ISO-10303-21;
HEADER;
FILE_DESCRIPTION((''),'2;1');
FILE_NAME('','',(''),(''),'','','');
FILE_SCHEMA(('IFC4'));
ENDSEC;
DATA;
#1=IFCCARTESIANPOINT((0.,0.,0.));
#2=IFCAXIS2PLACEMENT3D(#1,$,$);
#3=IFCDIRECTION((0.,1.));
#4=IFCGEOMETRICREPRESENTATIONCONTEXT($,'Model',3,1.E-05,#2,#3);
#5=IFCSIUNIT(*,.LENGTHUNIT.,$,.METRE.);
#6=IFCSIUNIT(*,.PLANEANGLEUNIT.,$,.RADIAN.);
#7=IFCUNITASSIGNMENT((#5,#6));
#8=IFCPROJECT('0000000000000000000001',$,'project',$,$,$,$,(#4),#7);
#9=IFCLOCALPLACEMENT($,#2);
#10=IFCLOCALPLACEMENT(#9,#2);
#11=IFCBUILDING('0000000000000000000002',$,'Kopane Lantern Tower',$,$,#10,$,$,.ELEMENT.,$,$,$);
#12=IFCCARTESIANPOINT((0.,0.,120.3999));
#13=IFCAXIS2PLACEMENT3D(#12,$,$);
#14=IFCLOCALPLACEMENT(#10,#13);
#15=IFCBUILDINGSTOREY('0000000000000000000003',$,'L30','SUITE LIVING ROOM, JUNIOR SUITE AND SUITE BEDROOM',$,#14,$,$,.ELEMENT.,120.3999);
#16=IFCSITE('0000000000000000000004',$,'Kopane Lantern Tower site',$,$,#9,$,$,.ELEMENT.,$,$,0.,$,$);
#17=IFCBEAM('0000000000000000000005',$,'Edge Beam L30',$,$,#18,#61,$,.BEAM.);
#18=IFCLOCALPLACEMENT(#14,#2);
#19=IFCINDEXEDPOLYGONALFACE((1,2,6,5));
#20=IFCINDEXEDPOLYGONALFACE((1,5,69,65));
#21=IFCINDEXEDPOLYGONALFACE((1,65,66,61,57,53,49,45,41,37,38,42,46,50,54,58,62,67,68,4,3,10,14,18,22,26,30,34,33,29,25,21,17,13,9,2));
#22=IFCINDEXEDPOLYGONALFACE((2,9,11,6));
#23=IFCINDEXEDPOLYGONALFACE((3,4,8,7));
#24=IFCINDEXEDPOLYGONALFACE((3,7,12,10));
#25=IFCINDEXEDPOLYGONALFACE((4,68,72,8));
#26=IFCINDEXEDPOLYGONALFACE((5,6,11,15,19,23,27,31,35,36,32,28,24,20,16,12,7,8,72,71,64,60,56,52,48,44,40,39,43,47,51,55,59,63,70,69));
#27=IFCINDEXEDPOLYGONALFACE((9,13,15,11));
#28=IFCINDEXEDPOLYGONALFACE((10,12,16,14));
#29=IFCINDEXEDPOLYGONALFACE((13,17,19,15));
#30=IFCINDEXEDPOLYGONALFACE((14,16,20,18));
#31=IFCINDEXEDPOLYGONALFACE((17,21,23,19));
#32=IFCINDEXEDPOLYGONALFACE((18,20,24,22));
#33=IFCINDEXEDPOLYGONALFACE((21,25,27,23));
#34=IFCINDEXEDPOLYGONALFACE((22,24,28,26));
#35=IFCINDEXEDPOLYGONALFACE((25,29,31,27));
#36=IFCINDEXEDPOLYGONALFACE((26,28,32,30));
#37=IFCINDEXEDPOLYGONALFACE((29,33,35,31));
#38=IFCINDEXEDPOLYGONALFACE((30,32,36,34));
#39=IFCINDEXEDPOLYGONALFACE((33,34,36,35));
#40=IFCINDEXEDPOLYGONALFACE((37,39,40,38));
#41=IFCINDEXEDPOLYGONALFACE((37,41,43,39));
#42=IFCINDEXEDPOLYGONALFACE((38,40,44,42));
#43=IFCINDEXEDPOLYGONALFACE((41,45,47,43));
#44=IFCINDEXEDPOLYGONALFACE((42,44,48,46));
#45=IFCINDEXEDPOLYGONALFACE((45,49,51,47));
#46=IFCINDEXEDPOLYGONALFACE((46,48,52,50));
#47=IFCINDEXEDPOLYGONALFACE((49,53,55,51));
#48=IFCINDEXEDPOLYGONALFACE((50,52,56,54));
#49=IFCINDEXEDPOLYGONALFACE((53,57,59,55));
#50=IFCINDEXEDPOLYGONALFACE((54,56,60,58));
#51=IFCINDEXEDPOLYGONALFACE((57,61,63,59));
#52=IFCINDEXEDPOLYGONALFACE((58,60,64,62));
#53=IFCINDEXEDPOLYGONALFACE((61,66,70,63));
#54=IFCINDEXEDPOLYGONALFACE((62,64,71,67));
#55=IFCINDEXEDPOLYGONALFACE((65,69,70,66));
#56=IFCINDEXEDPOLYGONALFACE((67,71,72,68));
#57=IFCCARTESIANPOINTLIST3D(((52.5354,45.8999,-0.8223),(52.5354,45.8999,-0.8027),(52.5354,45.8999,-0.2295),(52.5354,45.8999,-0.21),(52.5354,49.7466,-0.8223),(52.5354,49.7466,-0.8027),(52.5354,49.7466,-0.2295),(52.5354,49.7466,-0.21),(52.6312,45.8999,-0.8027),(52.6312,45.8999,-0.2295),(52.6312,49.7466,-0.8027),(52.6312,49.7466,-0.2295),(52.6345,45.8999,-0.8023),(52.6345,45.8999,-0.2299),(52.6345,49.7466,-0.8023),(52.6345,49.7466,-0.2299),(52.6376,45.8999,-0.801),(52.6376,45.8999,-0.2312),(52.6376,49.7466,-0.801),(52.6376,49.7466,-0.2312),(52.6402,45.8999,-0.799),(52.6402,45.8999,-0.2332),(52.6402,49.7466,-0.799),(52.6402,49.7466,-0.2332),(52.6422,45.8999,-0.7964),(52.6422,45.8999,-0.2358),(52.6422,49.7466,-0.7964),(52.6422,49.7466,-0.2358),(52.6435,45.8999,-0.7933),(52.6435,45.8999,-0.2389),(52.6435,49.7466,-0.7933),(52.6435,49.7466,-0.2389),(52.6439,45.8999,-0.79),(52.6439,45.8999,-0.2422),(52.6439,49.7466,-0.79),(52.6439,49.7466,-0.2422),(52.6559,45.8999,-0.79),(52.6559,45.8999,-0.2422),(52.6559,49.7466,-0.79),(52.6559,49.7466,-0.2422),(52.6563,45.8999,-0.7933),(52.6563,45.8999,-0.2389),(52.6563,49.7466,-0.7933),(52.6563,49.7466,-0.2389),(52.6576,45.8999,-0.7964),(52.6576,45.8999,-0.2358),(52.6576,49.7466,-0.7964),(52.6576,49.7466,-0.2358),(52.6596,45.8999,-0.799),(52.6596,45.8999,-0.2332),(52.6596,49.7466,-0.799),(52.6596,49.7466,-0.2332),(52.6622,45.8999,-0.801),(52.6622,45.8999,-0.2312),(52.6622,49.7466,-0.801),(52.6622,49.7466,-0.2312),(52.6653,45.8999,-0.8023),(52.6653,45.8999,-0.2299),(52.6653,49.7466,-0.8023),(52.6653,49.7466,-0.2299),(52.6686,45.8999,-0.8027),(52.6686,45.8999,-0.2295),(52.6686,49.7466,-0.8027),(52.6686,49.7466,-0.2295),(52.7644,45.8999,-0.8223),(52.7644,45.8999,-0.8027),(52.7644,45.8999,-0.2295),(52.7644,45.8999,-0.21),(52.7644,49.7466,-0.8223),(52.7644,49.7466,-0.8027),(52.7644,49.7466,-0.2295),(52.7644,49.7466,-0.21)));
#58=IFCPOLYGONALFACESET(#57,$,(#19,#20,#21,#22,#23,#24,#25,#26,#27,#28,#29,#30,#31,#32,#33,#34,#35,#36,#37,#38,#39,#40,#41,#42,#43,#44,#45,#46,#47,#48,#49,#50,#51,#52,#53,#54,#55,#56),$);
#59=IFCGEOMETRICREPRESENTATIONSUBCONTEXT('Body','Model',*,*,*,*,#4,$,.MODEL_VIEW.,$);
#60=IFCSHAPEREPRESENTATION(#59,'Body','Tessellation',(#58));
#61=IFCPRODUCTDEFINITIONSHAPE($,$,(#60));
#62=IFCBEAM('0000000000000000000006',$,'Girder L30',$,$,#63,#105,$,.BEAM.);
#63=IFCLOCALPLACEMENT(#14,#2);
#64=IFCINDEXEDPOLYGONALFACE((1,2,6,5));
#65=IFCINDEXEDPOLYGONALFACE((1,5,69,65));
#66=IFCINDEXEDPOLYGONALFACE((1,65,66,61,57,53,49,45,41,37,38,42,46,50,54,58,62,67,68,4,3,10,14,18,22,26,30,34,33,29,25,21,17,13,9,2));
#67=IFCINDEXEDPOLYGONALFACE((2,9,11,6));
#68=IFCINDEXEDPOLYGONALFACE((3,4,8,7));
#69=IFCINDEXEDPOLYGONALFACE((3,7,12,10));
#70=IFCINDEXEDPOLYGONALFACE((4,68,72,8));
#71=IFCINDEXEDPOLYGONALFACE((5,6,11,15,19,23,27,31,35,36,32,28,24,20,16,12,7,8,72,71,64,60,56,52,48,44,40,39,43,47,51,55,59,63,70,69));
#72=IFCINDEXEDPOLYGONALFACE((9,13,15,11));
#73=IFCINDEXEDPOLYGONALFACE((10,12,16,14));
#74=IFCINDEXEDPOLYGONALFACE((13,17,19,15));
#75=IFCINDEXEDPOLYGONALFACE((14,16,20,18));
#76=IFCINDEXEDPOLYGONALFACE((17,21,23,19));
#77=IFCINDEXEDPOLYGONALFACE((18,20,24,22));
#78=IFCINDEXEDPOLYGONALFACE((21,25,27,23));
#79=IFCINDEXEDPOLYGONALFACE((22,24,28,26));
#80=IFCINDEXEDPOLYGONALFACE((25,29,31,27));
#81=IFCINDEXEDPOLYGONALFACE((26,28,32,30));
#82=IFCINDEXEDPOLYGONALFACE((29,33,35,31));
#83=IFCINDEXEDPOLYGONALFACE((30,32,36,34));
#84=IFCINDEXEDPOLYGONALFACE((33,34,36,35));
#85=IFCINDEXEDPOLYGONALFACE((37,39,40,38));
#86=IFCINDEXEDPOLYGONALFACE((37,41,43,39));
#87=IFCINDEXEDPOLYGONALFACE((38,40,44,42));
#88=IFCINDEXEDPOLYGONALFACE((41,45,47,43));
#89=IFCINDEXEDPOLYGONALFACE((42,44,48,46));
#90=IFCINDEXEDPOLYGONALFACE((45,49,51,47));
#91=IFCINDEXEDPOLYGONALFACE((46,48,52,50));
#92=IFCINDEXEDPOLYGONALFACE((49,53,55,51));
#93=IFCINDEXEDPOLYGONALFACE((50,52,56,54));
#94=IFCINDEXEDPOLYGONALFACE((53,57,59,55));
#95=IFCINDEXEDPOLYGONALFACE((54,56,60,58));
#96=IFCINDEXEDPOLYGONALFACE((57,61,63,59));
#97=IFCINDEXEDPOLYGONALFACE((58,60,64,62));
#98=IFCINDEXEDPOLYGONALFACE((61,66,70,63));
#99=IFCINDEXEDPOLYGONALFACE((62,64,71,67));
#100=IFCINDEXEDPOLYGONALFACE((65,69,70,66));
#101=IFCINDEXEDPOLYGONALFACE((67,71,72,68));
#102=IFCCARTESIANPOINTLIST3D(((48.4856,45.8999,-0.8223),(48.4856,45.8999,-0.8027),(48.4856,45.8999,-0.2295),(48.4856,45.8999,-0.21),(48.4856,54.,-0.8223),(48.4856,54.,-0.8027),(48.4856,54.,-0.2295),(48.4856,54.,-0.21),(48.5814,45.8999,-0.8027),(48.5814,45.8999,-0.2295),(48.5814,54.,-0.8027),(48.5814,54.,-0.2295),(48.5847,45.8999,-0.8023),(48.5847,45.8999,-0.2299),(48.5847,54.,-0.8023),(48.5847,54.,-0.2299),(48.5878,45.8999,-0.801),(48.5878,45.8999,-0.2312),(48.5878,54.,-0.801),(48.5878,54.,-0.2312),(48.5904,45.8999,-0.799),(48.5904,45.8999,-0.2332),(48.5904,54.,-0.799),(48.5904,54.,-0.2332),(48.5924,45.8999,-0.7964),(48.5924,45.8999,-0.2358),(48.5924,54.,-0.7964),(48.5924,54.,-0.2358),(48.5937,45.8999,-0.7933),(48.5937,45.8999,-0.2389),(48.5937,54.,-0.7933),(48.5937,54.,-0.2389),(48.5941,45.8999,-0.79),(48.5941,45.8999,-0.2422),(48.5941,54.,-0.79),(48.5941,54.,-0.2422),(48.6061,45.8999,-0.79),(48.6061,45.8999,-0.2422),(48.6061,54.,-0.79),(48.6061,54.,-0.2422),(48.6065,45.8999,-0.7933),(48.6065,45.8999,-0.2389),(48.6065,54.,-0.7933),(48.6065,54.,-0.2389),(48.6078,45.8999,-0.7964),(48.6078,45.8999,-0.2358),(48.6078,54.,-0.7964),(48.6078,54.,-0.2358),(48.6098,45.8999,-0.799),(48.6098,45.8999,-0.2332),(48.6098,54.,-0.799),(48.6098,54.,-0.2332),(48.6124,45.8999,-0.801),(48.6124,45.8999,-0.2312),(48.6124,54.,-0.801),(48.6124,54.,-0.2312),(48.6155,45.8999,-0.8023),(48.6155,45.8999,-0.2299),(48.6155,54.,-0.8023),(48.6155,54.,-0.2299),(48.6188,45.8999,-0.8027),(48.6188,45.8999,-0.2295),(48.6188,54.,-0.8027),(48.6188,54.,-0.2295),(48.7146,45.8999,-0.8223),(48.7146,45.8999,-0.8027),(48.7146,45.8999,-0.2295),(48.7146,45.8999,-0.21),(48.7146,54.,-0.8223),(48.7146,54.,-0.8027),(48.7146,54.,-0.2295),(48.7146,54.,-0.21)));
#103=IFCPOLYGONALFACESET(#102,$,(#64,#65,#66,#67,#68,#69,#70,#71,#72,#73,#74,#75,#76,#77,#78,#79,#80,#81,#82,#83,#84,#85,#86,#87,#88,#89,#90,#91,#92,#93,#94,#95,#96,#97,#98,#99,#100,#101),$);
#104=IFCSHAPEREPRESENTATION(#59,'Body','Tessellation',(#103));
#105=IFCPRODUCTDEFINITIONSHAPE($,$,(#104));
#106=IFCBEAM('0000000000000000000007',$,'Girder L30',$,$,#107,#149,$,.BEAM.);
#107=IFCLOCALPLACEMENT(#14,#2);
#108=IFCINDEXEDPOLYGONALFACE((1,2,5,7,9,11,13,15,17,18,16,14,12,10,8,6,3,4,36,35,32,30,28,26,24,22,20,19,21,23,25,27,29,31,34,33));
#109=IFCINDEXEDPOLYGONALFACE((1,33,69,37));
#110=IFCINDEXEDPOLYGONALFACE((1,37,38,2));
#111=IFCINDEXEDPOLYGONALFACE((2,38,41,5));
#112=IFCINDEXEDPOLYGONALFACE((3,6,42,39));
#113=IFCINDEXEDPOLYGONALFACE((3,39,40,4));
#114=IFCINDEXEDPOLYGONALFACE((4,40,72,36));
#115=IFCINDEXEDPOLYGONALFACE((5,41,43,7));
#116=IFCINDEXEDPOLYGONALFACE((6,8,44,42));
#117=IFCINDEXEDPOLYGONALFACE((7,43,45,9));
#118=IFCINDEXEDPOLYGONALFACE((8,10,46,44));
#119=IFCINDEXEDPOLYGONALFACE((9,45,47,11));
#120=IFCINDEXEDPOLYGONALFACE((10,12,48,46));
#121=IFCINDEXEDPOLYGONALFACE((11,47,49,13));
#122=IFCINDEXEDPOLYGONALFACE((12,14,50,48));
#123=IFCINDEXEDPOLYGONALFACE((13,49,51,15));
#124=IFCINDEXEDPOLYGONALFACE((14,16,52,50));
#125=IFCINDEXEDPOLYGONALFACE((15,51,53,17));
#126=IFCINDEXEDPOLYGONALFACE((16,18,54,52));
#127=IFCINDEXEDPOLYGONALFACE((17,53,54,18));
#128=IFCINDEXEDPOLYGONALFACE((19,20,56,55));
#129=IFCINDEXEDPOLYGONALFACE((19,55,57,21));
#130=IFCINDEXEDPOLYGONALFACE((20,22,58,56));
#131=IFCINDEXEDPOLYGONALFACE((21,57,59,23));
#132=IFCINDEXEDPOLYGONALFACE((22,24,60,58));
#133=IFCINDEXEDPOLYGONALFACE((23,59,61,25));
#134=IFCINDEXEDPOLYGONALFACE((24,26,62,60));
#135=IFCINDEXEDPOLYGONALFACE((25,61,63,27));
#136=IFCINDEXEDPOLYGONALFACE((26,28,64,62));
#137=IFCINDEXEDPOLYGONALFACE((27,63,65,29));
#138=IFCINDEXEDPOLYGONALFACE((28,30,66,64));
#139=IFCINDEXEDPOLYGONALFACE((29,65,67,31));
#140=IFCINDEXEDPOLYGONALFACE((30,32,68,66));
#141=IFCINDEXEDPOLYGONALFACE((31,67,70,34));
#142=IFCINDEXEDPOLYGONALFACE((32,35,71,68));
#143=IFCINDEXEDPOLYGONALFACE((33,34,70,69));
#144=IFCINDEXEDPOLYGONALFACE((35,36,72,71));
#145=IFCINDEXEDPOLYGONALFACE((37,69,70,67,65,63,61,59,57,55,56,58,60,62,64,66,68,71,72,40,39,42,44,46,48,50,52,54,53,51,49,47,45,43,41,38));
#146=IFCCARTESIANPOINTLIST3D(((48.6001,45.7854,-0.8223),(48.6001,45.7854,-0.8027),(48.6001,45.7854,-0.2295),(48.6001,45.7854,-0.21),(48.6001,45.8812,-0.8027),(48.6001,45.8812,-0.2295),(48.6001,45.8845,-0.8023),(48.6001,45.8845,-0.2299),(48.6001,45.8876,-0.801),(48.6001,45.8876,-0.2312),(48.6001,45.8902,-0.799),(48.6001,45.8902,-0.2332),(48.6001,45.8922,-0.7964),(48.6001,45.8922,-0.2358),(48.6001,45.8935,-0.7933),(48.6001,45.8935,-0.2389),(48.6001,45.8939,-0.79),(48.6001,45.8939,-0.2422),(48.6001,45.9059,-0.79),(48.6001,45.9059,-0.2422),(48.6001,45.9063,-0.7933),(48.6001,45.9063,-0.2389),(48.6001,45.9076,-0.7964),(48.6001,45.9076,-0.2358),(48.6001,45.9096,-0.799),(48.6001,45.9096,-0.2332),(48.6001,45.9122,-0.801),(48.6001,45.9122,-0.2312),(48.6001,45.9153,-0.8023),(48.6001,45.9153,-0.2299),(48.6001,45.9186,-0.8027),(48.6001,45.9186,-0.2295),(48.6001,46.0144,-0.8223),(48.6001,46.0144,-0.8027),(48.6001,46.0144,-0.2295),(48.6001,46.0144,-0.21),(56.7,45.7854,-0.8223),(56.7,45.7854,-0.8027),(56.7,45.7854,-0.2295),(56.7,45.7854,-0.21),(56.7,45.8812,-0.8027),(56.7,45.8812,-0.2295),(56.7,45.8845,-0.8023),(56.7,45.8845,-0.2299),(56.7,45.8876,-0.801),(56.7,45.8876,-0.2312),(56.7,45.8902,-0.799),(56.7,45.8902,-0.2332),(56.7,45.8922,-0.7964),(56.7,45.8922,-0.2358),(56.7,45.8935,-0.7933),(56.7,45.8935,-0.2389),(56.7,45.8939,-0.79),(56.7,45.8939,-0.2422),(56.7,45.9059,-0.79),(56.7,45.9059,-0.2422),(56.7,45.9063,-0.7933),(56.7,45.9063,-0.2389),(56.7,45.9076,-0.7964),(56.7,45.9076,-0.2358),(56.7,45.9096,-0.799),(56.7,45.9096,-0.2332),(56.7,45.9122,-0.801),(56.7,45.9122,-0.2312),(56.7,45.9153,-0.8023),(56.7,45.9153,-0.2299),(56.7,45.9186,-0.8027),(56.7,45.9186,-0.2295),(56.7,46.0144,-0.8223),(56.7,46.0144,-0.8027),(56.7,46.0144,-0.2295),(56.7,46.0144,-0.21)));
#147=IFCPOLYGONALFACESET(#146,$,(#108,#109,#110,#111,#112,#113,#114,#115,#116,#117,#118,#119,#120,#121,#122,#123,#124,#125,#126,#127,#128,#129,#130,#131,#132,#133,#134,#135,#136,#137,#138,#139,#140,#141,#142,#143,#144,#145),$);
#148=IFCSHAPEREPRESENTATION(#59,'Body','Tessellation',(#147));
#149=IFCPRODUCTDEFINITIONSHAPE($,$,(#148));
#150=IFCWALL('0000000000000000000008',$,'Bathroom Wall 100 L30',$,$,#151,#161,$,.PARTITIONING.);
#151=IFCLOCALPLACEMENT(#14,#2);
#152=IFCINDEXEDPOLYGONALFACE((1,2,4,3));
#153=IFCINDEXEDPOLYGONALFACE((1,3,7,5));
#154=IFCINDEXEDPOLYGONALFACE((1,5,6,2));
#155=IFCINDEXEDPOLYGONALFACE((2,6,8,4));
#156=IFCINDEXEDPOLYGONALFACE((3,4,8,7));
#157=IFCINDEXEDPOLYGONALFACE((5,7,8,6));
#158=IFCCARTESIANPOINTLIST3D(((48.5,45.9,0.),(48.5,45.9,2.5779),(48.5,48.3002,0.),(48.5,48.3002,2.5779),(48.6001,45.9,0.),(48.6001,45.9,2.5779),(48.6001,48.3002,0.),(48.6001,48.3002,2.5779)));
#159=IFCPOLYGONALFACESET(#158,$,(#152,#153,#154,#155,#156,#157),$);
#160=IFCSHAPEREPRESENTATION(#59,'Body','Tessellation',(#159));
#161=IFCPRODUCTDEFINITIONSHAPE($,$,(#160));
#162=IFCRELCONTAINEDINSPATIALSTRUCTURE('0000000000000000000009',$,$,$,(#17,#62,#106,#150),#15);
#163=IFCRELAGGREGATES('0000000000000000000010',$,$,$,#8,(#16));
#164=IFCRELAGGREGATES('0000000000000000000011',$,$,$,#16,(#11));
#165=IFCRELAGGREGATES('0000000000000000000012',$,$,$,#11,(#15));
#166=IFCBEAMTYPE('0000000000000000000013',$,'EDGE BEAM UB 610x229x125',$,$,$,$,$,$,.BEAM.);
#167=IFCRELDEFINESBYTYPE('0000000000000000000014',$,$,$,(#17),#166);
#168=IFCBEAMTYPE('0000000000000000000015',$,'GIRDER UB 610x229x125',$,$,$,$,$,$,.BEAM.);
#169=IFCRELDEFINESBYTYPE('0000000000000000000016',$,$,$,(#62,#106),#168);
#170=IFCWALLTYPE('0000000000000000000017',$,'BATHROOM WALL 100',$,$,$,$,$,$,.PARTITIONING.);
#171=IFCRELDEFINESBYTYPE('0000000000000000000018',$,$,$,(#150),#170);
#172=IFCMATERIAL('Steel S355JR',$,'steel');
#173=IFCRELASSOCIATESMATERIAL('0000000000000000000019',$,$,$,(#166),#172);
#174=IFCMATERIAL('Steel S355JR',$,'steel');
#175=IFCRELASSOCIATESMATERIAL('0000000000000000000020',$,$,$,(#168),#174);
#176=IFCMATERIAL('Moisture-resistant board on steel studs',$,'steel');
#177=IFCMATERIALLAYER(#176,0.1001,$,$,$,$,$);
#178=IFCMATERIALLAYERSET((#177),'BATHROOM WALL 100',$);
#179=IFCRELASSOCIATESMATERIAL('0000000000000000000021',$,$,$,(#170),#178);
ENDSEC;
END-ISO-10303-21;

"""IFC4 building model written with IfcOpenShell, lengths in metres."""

from ifc_helpers import new_model, si_unit, direction, frame, frame_2d, origin, origin_2d, place, context, subcontext, project, spatial, rectangle, i_section, extrude, material, layer, layer_set, material_profile, profile_set, type_object, element, save


model = new_model("IFC4")

# Units and contexts
model_context = context("Model", 3, precision=1e-05, world=origin(), true_north=direction((0.0, 1.0)))
body_context = subcontext(model_context, "Body", "Model", "MODEL_VIEW")
ifc_project = project(units=[si_unit("LENGTHUNIT", "METRE"), si_unit("PLANEANGLEUNIT", "RADIAN")], contexts=[model_context])

# Site, building, storey
site_placement = place(None, origin())
site = spatial("IfcSite", under=ifc_project, at=site_placement, Name="Kopane Lantern Tower site", CompositionType="ELEMENT", RefElevation=0.0)
building_placement = place(site_placement, origin())
building = spatial("IfcBuilding", under=site, at=building_placement, Name="Kopane Lantern Tower", CompositionType="ELEMENT")
storey_placement = place(building_placement, frame((0.0, 0.0, 120.3999)))
storey = spatial("IfcBuildingStorey", under=building, at=storey_placement, Name="L30", Description="SUITE LIVING ROOM, JUNIOR SUITE AND SUITE BEDROOM", CompositionType="ELEMENT", Elevation=120.3999)

# Beams
ifc_material_1 = material(Name="Steel S355JR", Category="steel")
ifc_material_profile_1 = material_profile(ifc_material_1, i_section(OverallWidth=0.229, OverallDepth=0.6123, WebThickness=0.012, FlangeThickness=0.0195, FilletRadius=0.0127, at=origin_2d()), Name="UB 610x229x125")
ifc_profile_set_1 = profile_set([ifc_material_profile_1], Name="Steel S355JR")
beam_type_1 = type_object("IfcBeamType", Name="EDGE BEAM UB 610x229x125", PredefinedType="BEAM", material=ifc_profile_set_1)
beam_1_placement = place(storey_placement, frame((52.6499, 49.7466, -0.5161), z_axis=(0.0, -1.0, 0.0), x_axis=(1.0, 0.0, 0.0)))
element("IfcBeam", 1, at=beam_1_placement, inside=storey, type_object=beam_type_1, Name="Edge Beam L30", PredefinedType="BEAM", context=body_context, shape_type="SweptSolid", body=[
    extrude(i_section(OverallWidth=0.229, OverallDepth=0.6123, WebThickness=0.012, FlangeThickness=0.0195, FilletRadius=0.0127, at=origin_2d()), origin(), (0.0, 0.0, 1.0), 3.8467),
])
ifc_material_2 = material(Name="Steel S355JR", Category="steel")
ifc_material_profile_2 = material_profile(ifc_material_2, i_section(OverallWidth=0.229, OverallDepth=0.6123, WebThickness=0.012, FlangeThickness=0.0195, FilletRadius=0.0127, at=origin_2d()), Name="UB 610x229x125")
ifc_profile_set_2 = profile_set([ifc_material_profile_2], Name="Steel S355JR")
beam_type_2 = type_object("IfcBeamType", Name="GIRDER UB 610x229x125", PredefinedType="BEAM", material=ifc_profile_set_2)
beam_2_placement = place(storey_placement, frame((48.6001, 45.8999, -0.5161), z_axis=(0.0, 1.0, 0.0), x_axis=(-1.0, 0.0, 0.0)))
element("IfcBeam", 2, at=beam_2_placement, inside=storey, type_object=beam_type_2, Name="Girder L30", PredefinedType="BEAM", context=body_context, shape_type="SweptSolid", body=[
    extrude(i_section(OverallWidth=0.229, OverallDepth=0.6123, WebThickness=0.012, FlangeThickness=0.0195, FilletRadius=0.0127, at=origin_2d()), origin(), (0.0, 0.0, 1.0), 8.1001),
])
beam_3_placement = place(storey_placement, frame((48.6001, 45.8999, -0.5161), z_axis=(1.0, 0.0, 0.0), x_axis=(0.0, 1.0, 0.0)))
element("IfcBeam", 3, at=beam_3_placement, inside=storey, type_object=beam_type_2, Name="Girder L30", PredefinedType="BEAM", context=body_context, shape_type="SweptSolid", body=[
    extrude(i_section(OverallWidth=0.229, OverallDepth=0.6123, WebThickness=0.012, FlangeThickness=0.0195, FilletRadius=0.0127, at=origin_2d()), origin(), (0.0, 0.0, 1.0), 8.0999),
])

# Wall
ifc_material_3 = material(Name="Moisture-resistant board on steel studs", Category="steel")
ifc_layer_1 = layer(ifc_material_3, 0.1001)
ifc_layer_set_1 = layer_set([ifc_layer_1], Name="BATHROOM WALL 100")
wall_type_1 = type_object("IfcWallType", Name="BATHROOM WALL 100", PredefinedType="PARTITIONING", material=ifc_layer_set_1)
wall_1_placement = place(storey_placement, frame((48.55, 45.8999, 0.0), z_axis=(0.0, 0.0, 1.0), x_axis=(0.0, 1.0, 0.0)))
element("IfcWall", 4, at=wall_1_placement, inside=storey, type_object=wall_type_1, Name="Bathroom Wall 100 L30", PredefinedType="PARTITIONING", context=body_context, shape_type="SweptSolid", body=[
    extrude(rectangle(XDim=2.4001, YDim=0.1001, at=frame_2d((1.2002, 0.0))), origin(), (0.0, 0.0, 1.0), 2.5779),
])

save(model, "model.ifc")
